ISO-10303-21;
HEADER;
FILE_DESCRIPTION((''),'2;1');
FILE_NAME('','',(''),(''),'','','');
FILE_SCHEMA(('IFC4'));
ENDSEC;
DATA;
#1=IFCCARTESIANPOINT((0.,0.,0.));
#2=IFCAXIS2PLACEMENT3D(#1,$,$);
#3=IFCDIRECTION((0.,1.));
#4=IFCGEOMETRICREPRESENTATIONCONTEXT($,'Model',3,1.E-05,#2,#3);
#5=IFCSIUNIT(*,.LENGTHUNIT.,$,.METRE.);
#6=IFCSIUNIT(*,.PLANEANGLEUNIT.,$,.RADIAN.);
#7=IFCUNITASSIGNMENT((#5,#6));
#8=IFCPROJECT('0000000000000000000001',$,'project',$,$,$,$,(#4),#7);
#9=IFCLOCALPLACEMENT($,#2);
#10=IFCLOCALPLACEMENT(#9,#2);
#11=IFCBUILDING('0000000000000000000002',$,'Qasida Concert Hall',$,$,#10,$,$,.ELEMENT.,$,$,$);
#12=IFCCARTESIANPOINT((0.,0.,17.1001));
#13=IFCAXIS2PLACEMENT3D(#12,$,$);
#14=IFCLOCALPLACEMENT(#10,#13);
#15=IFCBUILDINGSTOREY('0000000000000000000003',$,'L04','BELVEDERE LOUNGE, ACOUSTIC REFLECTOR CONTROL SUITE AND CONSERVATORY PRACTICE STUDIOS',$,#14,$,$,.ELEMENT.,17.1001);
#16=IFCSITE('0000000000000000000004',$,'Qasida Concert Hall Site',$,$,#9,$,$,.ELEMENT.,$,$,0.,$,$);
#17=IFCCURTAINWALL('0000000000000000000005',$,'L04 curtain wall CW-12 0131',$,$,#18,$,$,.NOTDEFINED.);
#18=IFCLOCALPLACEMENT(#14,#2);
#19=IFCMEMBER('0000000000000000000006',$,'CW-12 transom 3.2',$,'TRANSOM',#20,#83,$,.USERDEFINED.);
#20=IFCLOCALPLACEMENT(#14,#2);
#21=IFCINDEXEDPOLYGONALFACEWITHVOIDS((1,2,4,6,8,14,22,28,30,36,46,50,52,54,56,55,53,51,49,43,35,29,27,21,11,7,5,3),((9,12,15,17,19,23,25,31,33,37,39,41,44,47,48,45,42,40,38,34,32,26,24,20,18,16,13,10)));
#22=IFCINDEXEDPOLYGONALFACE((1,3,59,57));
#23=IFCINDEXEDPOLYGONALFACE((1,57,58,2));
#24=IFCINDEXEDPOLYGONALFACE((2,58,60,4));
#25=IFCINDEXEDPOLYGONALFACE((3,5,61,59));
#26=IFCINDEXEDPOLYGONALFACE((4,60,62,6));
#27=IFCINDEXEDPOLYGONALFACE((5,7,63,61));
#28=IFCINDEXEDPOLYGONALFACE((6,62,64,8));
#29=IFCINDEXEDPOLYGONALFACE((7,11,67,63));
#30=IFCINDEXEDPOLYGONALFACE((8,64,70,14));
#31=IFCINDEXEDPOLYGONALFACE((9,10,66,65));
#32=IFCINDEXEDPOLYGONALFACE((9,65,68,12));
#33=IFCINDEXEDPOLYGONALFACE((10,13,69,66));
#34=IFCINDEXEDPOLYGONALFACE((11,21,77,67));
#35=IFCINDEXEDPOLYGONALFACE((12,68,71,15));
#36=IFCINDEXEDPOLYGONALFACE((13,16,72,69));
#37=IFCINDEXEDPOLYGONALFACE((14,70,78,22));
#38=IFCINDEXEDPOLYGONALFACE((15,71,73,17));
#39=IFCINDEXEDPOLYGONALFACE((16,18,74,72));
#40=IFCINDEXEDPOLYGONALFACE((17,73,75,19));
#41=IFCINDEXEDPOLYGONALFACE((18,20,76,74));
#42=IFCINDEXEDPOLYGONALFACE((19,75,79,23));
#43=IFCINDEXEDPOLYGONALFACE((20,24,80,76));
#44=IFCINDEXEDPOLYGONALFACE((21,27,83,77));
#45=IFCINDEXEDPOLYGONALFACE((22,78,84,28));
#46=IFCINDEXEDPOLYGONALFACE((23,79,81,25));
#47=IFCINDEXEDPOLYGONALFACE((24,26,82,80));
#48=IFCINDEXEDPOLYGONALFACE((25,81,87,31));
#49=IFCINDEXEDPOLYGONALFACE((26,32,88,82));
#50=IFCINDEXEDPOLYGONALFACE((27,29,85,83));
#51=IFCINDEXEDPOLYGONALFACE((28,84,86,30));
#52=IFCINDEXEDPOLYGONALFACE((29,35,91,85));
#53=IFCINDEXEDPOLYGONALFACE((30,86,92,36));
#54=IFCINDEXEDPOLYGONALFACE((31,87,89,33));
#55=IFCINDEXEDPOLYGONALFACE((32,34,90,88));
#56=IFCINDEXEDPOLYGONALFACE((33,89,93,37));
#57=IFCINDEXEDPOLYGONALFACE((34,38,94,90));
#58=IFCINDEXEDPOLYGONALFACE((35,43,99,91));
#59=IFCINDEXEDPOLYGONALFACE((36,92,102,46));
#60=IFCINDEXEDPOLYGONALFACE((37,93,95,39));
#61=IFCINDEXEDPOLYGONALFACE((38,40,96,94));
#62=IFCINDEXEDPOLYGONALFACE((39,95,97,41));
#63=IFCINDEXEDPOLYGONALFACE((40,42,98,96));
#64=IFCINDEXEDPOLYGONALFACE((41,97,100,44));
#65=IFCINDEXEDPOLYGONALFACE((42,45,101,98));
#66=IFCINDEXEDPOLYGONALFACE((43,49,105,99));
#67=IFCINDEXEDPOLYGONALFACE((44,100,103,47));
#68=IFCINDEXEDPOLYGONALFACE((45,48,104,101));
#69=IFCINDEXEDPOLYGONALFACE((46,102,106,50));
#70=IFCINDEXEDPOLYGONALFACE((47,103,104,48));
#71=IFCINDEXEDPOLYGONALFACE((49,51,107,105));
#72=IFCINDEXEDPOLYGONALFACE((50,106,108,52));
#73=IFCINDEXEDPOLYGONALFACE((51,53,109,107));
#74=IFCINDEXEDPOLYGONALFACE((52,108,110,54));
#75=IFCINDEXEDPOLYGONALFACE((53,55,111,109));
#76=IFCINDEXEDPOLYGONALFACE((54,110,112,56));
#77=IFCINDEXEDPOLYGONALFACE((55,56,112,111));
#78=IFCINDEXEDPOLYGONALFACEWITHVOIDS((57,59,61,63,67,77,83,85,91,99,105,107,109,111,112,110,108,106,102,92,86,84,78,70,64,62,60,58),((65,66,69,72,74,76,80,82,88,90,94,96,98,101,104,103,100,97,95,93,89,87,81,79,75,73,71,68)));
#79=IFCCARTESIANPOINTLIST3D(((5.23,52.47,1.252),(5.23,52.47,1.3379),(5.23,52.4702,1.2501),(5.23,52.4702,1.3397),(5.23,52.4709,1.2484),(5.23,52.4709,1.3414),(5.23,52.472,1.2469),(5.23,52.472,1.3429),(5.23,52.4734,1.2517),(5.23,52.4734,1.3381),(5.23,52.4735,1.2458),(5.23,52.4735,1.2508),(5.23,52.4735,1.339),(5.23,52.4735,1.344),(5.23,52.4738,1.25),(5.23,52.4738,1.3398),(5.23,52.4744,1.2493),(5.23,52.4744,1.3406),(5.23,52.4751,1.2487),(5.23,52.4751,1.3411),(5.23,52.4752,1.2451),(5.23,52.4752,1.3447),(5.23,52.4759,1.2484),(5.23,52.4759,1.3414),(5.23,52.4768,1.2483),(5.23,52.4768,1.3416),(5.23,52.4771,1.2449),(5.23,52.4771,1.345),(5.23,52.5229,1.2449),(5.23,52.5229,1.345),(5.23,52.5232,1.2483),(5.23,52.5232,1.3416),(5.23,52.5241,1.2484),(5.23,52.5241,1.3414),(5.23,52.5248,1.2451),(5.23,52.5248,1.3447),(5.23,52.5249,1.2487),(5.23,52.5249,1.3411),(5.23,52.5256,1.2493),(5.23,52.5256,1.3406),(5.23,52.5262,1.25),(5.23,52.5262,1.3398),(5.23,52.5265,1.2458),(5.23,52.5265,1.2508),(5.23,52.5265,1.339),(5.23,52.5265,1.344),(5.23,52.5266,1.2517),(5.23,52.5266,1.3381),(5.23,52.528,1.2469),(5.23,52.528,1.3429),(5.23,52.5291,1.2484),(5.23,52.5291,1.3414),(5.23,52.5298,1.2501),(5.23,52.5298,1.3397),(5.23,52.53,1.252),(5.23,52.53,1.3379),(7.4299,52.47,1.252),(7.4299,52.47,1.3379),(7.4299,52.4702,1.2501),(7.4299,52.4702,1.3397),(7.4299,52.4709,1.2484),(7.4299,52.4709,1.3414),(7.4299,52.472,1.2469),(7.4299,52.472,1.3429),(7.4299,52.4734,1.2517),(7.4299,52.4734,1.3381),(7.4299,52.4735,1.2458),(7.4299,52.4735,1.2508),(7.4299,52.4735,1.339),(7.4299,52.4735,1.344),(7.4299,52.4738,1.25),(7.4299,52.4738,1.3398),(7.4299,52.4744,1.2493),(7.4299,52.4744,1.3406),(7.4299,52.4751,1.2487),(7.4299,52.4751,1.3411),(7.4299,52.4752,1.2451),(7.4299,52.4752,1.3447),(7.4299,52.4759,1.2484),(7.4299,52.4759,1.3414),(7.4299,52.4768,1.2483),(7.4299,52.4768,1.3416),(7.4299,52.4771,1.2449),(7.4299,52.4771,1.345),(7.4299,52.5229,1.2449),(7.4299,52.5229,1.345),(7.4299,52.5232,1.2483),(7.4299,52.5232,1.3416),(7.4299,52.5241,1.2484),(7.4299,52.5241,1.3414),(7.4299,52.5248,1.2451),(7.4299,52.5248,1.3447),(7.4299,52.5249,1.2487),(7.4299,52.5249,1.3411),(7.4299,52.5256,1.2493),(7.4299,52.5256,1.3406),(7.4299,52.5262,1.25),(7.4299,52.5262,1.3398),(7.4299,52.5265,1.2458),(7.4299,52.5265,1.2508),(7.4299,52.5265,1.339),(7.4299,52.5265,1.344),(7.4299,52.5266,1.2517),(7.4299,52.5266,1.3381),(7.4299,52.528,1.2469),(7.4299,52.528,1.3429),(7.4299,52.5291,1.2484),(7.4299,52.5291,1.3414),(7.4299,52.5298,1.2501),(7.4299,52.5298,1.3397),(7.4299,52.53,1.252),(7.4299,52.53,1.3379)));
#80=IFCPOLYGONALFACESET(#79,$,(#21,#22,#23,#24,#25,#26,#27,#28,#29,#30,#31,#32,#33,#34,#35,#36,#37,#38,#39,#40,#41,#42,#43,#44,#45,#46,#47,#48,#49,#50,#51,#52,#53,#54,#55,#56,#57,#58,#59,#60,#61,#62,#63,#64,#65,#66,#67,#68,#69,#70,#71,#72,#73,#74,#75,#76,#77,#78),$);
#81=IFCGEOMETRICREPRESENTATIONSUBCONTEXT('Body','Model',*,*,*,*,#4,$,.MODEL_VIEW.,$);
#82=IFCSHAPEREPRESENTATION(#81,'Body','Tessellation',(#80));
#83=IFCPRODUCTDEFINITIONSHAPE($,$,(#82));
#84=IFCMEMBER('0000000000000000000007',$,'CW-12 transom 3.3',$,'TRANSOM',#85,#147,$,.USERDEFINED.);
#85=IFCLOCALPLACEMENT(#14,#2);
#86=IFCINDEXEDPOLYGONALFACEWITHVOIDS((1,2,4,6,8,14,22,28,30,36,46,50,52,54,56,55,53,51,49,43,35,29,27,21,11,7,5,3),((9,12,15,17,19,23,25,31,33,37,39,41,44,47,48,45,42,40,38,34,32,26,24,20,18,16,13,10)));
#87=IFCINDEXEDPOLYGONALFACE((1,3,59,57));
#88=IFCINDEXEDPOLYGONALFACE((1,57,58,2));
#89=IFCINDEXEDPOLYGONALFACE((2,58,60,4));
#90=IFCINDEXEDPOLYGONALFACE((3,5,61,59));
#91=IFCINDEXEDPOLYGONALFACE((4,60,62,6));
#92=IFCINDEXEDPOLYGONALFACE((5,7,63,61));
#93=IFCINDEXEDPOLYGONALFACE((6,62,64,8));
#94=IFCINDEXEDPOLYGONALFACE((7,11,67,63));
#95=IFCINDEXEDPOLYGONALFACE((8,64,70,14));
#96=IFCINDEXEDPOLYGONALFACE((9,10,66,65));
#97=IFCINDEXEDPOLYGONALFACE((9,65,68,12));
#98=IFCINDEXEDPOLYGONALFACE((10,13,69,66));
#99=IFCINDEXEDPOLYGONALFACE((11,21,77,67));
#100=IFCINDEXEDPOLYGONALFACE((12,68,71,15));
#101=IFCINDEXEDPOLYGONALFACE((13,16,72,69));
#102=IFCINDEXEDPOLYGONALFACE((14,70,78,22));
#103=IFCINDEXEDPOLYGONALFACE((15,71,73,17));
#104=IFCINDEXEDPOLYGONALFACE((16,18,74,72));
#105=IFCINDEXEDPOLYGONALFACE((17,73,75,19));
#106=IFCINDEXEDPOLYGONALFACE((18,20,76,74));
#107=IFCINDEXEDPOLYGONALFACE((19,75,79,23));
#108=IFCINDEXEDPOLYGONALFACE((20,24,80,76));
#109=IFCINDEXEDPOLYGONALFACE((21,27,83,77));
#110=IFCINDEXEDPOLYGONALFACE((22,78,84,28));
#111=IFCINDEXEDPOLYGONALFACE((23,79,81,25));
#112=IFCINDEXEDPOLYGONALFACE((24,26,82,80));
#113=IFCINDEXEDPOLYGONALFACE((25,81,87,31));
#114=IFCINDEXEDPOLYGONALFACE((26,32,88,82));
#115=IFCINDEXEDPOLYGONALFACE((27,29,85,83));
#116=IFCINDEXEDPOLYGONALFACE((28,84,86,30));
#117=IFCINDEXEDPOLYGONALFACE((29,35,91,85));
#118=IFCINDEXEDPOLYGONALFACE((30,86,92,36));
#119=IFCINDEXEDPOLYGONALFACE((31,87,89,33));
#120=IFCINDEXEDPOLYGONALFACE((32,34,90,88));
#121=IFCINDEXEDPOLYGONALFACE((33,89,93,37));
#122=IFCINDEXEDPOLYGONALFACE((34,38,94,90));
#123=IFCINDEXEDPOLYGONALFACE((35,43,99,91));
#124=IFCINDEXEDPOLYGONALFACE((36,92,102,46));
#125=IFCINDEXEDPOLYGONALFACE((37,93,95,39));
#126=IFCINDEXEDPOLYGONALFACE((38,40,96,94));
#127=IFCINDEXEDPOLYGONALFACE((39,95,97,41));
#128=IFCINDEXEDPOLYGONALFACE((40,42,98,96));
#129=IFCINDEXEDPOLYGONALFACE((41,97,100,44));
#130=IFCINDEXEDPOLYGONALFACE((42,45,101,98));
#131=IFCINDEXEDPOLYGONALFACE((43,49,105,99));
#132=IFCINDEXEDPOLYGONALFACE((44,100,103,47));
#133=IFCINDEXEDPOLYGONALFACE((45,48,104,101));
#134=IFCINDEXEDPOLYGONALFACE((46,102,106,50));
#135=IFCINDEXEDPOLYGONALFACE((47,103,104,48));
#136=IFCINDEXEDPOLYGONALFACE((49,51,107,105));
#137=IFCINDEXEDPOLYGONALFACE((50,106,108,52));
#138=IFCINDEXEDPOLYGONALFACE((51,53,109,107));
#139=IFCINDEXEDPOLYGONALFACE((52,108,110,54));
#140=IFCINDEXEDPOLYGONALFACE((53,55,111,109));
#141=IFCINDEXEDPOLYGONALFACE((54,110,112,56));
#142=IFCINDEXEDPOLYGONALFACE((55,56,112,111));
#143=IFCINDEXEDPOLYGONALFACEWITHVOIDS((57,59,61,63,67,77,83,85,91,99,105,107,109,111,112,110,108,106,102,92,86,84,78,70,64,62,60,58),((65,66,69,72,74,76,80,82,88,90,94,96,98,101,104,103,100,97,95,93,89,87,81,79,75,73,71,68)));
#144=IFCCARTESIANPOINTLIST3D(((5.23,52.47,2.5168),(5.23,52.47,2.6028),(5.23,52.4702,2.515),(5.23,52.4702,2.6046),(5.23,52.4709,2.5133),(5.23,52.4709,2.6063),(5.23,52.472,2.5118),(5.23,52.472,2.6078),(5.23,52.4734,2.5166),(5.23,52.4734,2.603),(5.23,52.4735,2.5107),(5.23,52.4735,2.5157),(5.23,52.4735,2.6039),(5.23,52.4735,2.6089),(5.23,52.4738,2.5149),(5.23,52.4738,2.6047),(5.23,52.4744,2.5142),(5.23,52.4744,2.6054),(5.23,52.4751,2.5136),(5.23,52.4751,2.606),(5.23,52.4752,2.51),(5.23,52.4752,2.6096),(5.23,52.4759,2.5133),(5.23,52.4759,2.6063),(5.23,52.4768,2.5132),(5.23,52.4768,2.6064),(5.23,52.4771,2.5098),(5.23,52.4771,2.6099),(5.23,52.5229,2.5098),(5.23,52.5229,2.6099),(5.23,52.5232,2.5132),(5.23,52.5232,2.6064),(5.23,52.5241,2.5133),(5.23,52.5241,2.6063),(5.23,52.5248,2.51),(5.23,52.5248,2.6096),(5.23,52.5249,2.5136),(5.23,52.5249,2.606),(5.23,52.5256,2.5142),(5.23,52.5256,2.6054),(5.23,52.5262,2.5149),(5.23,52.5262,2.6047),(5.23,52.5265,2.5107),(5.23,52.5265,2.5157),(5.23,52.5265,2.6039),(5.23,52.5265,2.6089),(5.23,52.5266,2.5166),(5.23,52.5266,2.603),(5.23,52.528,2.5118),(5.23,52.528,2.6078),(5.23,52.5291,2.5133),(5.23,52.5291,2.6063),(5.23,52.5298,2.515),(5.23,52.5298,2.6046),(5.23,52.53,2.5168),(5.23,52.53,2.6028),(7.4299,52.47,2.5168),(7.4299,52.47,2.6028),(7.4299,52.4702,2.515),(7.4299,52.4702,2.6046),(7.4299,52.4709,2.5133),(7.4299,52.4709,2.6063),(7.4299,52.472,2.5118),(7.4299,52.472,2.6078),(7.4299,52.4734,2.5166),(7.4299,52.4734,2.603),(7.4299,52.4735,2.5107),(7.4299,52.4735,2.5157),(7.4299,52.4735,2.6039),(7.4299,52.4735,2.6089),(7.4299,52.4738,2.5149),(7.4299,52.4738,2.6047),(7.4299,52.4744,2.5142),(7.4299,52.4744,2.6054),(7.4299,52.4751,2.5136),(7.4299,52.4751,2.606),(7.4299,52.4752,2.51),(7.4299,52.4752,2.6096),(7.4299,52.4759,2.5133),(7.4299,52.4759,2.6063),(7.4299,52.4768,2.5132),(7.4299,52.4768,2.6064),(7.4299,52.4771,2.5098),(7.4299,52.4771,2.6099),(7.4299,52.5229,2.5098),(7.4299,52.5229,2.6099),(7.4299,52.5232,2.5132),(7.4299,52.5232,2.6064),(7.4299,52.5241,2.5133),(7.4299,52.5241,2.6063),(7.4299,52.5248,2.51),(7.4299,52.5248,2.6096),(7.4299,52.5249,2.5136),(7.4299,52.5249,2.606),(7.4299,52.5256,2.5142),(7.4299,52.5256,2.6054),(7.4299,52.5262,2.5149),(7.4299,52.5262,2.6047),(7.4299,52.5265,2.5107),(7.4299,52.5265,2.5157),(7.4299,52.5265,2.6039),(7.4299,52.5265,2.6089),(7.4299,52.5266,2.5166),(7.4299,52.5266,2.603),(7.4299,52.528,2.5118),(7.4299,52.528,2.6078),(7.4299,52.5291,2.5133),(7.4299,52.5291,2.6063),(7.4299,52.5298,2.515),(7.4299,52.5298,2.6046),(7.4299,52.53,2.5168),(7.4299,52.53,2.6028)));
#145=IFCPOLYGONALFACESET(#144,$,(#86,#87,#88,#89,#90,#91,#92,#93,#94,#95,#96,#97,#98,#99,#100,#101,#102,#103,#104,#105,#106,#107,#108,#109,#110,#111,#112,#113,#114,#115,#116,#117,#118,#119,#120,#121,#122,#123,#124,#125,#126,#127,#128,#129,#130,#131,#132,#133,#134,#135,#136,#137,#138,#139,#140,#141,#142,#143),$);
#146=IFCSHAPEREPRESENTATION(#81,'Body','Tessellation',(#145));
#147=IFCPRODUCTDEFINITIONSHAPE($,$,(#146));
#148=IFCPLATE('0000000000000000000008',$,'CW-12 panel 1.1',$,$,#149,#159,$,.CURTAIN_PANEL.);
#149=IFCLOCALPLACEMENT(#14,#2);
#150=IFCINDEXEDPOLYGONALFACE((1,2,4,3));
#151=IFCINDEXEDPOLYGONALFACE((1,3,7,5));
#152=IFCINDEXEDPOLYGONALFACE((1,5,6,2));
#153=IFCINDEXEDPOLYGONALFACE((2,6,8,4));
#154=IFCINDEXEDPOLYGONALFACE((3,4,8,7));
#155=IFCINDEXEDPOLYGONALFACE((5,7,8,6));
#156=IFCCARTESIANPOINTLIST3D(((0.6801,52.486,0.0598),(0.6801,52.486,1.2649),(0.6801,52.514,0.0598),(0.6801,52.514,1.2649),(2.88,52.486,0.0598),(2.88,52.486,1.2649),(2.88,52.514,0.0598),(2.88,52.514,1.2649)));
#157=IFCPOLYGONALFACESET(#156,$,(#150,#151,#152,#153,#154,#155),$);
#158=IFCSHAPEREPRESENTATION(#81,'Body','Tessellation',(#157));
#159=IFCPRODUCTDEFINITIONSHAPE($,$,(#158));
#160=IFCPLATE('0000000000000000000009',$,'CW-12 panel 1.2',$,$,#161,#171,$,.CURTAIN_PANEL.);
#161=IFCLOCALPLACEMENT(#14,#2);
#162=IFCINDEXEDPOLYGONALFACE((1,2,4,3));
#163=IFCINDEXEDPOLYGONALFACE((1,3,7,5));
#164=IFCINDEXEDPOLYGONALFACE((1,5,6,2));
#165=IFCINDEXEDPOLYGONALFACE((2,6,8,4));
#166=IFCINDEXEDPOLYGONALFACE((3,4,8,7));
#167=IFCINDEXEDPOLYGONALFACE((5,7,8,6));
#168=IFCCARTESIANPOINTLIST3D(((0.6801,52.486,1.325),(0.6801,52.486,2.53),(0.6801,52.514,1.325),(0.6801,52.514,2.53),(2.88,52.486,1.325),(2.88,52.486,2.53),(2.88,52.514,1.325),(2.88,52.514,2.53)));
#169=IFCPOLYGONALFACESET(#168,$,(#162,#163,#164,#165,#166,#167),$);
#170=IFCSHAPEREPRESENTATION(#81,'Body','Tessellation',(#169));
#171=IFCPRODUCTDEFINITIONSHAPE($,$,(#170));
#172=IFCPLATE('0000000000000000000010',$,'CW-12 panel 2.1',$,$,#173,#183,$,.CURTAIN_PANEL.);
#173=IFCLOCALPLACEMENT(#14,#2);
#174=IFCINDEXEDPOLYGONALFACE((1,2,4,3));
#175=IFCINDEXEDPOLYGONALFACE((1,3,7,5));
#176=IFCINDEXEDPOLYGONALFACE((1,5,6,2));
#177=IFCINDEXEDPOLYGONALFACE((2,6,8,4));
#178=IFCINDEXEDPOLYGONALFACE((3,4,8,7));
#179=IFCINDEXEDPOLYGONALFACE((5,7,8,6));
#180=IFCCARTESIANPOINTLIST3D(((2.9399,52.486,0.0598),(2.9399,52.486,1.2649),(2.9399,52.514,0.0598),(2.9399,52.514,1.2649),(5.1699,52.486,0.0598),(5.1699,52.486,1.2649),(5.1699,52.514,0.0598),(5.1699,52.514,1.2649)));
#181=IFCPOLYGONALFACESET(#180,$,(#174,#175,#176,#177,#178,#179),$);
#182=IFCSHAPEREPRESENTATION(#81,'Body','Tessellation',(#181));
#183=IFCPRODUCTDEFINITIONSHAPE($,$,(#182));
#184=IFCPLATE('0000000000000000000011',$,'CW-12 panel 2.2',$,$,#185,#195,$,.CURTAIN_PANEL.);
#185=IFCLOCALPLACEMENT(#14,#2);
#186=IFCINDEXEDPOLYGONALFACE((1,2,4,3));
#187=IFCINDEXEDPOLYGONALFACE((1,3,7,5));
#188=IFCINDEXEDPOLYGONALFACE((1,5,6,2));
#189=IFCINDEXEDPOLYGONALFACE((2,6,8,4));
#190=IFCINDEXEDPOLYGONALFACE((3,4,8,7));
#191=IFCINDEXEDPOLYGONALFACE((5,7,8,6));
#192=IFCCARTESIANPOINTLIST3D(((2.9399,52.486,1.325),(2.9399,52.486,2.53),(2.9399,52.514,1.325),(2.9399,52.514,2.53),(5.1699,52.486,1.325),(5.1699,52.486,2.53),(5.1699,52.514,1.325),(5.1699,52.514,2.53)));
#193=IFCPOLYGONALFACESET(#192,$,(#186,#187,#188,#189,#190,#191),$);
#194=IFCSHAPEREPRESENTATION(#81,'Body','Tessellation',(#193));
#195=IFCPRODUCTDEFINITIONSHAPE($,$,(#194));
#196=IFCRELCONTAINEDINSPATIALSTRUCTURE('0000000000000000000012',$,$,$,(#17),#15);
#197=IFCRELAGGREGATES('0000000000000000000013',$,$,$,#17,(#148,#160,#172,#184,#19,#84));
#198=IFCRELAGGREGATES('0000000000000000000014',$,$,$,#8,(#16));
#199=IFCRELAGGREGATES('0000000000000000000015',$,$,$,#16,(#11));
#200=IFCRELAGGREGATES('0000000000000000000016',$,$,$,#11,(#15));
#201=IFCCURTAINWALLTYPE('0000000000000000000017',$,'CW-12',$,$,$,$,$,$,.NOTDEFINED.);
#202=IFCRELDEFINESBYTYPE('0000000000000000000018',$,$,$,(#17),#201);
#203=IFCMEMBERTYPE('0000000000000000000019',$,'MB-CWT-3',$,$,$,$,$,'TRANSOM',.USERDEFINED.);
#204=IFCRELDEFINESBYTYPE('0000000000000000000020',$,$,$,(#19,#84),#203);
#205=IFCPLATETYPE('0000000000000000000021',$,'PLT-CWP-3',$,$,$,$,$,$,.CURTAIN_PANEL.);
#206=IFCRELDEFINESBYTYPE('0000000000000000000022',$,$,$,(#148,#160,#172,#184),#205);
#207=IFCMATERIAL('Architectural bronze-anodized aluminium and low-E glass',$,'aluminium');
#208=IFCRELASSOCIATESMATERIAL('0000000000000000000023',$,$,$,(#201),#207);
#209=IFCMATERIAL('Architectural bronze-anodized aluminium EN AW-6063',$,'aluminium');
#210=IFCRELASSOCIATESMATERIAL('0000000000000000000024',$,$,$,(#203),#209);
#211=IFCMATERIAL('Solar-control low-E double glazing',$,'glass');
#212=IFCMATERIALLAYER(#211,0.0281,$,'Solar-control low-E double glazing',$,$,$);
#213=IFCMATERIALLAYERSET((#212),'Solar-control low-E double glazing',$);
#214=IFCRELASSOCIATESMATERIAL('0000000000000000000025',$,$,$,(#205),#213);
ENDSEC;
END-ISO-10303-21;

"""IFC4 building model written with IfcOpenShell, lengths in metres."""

from ifc_helpers import new_model, si_unit, direction, frame, origin, origin_2d, place, context, subcontext, project, spatial, rectangle, hollow_rectangle, extrude, material, layer, layer_set, material_profile, profile_set, type_object, element, aggregate, save


model = new_model("IFC4")

# Units and contexts
model_context = context("Model", 3, precision=1e-05, world=origin(), true_north=direction((0.0, 1.0)))
body_context = subcontext(model_context, "Body", "Model", "MODEL_VIEW")
ifc_project = project(units=[si_unit("LENGTHUNIT", "METRE"), si_unit("PLANEANGLEUNIT", "RADIAN")], contexts=[model_context])

# Site, building, storey
site_placement = place(None, origin())
site = spatial("IfcSite", under=ifc_project, at=site_placement, Name="Qasida Concert Hall Site", CompositionType="ELEMENT", RefElevation=0.0)
building_placement = place(site_placement, origin())
building = spatial("IfcBuilding", under=site, at=building_placement, Name="Qasida Concert Hall", CompositionType="ELEMENT")
storey_placement = place(building_placement, frame((0.0, 0.0, 17.1001)))
storey = spatial("IfcBuildingStorey", under=building, at=storey_placement, Name="L04", Description="BELVEDERE LOUNGE, ACOUSTIC REFLECTOR CONTROL SUITE AND CONSERVATORY PRACTICE STUDIOS", CompositionType="ELEMENT", Elevation=17.1001)

# Curtain wall, members, plates
ifc_material_1 = material(Name="Architectural bronze-anodized aluminium and low-E glass", Category="aluminium")
curtain_wall_type = type_object("IfcCurtainWallType", Name="CW-12", PredefinedType="NOTDEFINED", material=ifc_material_1)
curtain_wall_placement = place(storey_placement, origin())
curtain_wall = element("IfcCurtainWall", 1, at=curtain_wall_placement, inside=storey, type_object=curtain_wall_type, Name="L04 curtain wall CW-12 0131", PredefinedType="NOTDEFINED")
ifc_material_2 = material(Name="Architectural bronze-anodized aluminium EN AW-6063", Category="aluminium")
ifc_material_profile_1 = material_profile(ifc_material_2, hollow_rectangle(XDim=0.0601, YDim=0.1001, WallThickness=0.0034, InnerFilletRadius=0.0034, OuterFilletRadius=0.0071, at=origin_2d()), Name="CWT 100x60x3.5")
ifc_profile_set_1 = profile_set([ifc_material_profile_1], Name="Architectural bronze-anodized aluminium EN AW-6063")
member_type_1 = type_object("IfcMemberType", Name="MB-CWT-3", ElementType="TRANSOM", PredefinedType="USERDEFINED", material=ifc_profile_set_1)
member_1_placement = place(storey_placement, frame((5.23, 52.5, 1.2949), z_axis=(1.0, 0.0, 0.0), x_axis=(0.0, 1.0, 0.0)))
member_1 = element("IfcMember", 2, at=member_1_placement, type_object=member_type_1, Name="CW-12 transom 3.2", ObjectType="TRANSOM", PredefinedType="USERDEFINED", context=body_context, shape_type="SweptSolid", body=[
    extrude(hollow_rectangle(XDim=0.0601, YDim=0.1001, WallThickness=0.0034, InnerFilletRadius=0.0034, OuterFilletRadius=0.0071, at=origin_2d()), origin(), (0.0, 0.0, 1.0), 2.2),
])
member_2_placement = place(storey_placement, frame((5.23, 52.5, 2.5598), z_axis=(1.0, 0.0, 0.0), x_axis=(0.0, 1.0, 0.0)))
member_2 = element("IfcMember", 3, at=member_2_placement, type_object=member_type_1, Name="CW-12 transom 3.3", ObjectType="TRANSOM", PredefinedType="USERDEFINED", context=body_context, shape_type="SweptSolid", body=[
    extrude(hollow_rectangle(XDim=0.0601, YDim=0.1001, WallThickness=0.0034, InnerFilletRadius=0.0034, OuterFilletRadius=0.0071, at=origin_2d()), origin(), (0.0, 0.0, 1.0), 2.2),
])
ifc_material_3 = material(Name="Solar-control low-E double glazing", Category="glass")
ifc_layer_1 = layer(ifc_material_3, 0.0281, Name="Solar-control low-E double glazing")
ifc_layer_set_1 = layer_set([ifc_layer_1], Name="Solar-control low-E double glazing")
plate_type = type_object("IfcPlateType", Name="PLT-CWP-3", PredefinedType="CURTAIN_PANEL", material=ifc_layer_set_1)
plate_1_placement = place(storey_placement, frame((1.78, 52.5, 0.0598), z_axis=(0.0, 0.0, 1.0), x_axis=(1.0, 0.0, 0.0)))
plate_1 = element("IfcPlate", 4, at=plate_1_placement, type_object=plate_type, Name="CW-12 panel 1.1", PredefinedType="CURTAIN_PANEL", context=body_context, shape_type="SweptSolid", body=[
    extrude(rectangle(XDim=2.2, YDim=0.0281, at=origin_2d()), origin(), (0.0, 0.0, 1.0), 1.2051),
])
plate_2_placement = place(storey_placement, frame((1.78, 52.5, 1.325), z_axis=(0.0, 0.0, 1.0), x_axis=(1.0, 0.0, 0.0)))
plate_2 = element("IfcPlate", 5, at=plate_2_placement, type_object=plate_type, Name="CW-12 panel 1.2", PredefinedType="CURTAIN_PANEL", context=body_context, shape_type="SweptSolid", body=[
    extrude(rectangle(XDim=2.2, YDim=0.0281, at=origin_2d()), origin(), (0.0, 0.0, 1.0), 1.2051),
])
plate_3_placement = place(storey_placement, frame((4.0549, 52.5, 0.0598), z_axis=(0.0, 0.0, 1.0), x_axis=(1.0, 0.0, 0.0)))
plate_3 = element("IfcPlate", 6, at=plate_3_placement, type_object=plate_type, Name="CW-12 panel 2.1", PredefinedType="CURTAIN_PANEL", context=body_context, shape_type="SweptSolid", body=[
    extrude(rectangle(XDim=2.23, YDim=0.0281, at=origin_2d()), origin(), (0.0, 0.0, 1.0), 1.2051),
])
plate_4_placement = place(storey_placement, frame((4.0549, 52.5, 1.325), z_axis=(0.0, 0.0, 1.0), x_axis=(1.0, 0.0, 0.0)))
plate_4 = element("IfcPlate", 7, at=plate_4_placement, type_object=plate_type, Name="CW-12 panel 2.2", PredefinedType="CURTAIN_PANEL", context=body_context, shape_type="SweptSolid", body=[
    extrude(rectangle(XDim=2.23, YDim=0.0281, at=origin_2d()), origin(), (0.0, 0.0, 1.0), 1.2051),
])
aggregate(curtain_wall, [plate_1, plate_2, plate_3, plate_4, member_1, member_2])

save(model, "model.ifc")
